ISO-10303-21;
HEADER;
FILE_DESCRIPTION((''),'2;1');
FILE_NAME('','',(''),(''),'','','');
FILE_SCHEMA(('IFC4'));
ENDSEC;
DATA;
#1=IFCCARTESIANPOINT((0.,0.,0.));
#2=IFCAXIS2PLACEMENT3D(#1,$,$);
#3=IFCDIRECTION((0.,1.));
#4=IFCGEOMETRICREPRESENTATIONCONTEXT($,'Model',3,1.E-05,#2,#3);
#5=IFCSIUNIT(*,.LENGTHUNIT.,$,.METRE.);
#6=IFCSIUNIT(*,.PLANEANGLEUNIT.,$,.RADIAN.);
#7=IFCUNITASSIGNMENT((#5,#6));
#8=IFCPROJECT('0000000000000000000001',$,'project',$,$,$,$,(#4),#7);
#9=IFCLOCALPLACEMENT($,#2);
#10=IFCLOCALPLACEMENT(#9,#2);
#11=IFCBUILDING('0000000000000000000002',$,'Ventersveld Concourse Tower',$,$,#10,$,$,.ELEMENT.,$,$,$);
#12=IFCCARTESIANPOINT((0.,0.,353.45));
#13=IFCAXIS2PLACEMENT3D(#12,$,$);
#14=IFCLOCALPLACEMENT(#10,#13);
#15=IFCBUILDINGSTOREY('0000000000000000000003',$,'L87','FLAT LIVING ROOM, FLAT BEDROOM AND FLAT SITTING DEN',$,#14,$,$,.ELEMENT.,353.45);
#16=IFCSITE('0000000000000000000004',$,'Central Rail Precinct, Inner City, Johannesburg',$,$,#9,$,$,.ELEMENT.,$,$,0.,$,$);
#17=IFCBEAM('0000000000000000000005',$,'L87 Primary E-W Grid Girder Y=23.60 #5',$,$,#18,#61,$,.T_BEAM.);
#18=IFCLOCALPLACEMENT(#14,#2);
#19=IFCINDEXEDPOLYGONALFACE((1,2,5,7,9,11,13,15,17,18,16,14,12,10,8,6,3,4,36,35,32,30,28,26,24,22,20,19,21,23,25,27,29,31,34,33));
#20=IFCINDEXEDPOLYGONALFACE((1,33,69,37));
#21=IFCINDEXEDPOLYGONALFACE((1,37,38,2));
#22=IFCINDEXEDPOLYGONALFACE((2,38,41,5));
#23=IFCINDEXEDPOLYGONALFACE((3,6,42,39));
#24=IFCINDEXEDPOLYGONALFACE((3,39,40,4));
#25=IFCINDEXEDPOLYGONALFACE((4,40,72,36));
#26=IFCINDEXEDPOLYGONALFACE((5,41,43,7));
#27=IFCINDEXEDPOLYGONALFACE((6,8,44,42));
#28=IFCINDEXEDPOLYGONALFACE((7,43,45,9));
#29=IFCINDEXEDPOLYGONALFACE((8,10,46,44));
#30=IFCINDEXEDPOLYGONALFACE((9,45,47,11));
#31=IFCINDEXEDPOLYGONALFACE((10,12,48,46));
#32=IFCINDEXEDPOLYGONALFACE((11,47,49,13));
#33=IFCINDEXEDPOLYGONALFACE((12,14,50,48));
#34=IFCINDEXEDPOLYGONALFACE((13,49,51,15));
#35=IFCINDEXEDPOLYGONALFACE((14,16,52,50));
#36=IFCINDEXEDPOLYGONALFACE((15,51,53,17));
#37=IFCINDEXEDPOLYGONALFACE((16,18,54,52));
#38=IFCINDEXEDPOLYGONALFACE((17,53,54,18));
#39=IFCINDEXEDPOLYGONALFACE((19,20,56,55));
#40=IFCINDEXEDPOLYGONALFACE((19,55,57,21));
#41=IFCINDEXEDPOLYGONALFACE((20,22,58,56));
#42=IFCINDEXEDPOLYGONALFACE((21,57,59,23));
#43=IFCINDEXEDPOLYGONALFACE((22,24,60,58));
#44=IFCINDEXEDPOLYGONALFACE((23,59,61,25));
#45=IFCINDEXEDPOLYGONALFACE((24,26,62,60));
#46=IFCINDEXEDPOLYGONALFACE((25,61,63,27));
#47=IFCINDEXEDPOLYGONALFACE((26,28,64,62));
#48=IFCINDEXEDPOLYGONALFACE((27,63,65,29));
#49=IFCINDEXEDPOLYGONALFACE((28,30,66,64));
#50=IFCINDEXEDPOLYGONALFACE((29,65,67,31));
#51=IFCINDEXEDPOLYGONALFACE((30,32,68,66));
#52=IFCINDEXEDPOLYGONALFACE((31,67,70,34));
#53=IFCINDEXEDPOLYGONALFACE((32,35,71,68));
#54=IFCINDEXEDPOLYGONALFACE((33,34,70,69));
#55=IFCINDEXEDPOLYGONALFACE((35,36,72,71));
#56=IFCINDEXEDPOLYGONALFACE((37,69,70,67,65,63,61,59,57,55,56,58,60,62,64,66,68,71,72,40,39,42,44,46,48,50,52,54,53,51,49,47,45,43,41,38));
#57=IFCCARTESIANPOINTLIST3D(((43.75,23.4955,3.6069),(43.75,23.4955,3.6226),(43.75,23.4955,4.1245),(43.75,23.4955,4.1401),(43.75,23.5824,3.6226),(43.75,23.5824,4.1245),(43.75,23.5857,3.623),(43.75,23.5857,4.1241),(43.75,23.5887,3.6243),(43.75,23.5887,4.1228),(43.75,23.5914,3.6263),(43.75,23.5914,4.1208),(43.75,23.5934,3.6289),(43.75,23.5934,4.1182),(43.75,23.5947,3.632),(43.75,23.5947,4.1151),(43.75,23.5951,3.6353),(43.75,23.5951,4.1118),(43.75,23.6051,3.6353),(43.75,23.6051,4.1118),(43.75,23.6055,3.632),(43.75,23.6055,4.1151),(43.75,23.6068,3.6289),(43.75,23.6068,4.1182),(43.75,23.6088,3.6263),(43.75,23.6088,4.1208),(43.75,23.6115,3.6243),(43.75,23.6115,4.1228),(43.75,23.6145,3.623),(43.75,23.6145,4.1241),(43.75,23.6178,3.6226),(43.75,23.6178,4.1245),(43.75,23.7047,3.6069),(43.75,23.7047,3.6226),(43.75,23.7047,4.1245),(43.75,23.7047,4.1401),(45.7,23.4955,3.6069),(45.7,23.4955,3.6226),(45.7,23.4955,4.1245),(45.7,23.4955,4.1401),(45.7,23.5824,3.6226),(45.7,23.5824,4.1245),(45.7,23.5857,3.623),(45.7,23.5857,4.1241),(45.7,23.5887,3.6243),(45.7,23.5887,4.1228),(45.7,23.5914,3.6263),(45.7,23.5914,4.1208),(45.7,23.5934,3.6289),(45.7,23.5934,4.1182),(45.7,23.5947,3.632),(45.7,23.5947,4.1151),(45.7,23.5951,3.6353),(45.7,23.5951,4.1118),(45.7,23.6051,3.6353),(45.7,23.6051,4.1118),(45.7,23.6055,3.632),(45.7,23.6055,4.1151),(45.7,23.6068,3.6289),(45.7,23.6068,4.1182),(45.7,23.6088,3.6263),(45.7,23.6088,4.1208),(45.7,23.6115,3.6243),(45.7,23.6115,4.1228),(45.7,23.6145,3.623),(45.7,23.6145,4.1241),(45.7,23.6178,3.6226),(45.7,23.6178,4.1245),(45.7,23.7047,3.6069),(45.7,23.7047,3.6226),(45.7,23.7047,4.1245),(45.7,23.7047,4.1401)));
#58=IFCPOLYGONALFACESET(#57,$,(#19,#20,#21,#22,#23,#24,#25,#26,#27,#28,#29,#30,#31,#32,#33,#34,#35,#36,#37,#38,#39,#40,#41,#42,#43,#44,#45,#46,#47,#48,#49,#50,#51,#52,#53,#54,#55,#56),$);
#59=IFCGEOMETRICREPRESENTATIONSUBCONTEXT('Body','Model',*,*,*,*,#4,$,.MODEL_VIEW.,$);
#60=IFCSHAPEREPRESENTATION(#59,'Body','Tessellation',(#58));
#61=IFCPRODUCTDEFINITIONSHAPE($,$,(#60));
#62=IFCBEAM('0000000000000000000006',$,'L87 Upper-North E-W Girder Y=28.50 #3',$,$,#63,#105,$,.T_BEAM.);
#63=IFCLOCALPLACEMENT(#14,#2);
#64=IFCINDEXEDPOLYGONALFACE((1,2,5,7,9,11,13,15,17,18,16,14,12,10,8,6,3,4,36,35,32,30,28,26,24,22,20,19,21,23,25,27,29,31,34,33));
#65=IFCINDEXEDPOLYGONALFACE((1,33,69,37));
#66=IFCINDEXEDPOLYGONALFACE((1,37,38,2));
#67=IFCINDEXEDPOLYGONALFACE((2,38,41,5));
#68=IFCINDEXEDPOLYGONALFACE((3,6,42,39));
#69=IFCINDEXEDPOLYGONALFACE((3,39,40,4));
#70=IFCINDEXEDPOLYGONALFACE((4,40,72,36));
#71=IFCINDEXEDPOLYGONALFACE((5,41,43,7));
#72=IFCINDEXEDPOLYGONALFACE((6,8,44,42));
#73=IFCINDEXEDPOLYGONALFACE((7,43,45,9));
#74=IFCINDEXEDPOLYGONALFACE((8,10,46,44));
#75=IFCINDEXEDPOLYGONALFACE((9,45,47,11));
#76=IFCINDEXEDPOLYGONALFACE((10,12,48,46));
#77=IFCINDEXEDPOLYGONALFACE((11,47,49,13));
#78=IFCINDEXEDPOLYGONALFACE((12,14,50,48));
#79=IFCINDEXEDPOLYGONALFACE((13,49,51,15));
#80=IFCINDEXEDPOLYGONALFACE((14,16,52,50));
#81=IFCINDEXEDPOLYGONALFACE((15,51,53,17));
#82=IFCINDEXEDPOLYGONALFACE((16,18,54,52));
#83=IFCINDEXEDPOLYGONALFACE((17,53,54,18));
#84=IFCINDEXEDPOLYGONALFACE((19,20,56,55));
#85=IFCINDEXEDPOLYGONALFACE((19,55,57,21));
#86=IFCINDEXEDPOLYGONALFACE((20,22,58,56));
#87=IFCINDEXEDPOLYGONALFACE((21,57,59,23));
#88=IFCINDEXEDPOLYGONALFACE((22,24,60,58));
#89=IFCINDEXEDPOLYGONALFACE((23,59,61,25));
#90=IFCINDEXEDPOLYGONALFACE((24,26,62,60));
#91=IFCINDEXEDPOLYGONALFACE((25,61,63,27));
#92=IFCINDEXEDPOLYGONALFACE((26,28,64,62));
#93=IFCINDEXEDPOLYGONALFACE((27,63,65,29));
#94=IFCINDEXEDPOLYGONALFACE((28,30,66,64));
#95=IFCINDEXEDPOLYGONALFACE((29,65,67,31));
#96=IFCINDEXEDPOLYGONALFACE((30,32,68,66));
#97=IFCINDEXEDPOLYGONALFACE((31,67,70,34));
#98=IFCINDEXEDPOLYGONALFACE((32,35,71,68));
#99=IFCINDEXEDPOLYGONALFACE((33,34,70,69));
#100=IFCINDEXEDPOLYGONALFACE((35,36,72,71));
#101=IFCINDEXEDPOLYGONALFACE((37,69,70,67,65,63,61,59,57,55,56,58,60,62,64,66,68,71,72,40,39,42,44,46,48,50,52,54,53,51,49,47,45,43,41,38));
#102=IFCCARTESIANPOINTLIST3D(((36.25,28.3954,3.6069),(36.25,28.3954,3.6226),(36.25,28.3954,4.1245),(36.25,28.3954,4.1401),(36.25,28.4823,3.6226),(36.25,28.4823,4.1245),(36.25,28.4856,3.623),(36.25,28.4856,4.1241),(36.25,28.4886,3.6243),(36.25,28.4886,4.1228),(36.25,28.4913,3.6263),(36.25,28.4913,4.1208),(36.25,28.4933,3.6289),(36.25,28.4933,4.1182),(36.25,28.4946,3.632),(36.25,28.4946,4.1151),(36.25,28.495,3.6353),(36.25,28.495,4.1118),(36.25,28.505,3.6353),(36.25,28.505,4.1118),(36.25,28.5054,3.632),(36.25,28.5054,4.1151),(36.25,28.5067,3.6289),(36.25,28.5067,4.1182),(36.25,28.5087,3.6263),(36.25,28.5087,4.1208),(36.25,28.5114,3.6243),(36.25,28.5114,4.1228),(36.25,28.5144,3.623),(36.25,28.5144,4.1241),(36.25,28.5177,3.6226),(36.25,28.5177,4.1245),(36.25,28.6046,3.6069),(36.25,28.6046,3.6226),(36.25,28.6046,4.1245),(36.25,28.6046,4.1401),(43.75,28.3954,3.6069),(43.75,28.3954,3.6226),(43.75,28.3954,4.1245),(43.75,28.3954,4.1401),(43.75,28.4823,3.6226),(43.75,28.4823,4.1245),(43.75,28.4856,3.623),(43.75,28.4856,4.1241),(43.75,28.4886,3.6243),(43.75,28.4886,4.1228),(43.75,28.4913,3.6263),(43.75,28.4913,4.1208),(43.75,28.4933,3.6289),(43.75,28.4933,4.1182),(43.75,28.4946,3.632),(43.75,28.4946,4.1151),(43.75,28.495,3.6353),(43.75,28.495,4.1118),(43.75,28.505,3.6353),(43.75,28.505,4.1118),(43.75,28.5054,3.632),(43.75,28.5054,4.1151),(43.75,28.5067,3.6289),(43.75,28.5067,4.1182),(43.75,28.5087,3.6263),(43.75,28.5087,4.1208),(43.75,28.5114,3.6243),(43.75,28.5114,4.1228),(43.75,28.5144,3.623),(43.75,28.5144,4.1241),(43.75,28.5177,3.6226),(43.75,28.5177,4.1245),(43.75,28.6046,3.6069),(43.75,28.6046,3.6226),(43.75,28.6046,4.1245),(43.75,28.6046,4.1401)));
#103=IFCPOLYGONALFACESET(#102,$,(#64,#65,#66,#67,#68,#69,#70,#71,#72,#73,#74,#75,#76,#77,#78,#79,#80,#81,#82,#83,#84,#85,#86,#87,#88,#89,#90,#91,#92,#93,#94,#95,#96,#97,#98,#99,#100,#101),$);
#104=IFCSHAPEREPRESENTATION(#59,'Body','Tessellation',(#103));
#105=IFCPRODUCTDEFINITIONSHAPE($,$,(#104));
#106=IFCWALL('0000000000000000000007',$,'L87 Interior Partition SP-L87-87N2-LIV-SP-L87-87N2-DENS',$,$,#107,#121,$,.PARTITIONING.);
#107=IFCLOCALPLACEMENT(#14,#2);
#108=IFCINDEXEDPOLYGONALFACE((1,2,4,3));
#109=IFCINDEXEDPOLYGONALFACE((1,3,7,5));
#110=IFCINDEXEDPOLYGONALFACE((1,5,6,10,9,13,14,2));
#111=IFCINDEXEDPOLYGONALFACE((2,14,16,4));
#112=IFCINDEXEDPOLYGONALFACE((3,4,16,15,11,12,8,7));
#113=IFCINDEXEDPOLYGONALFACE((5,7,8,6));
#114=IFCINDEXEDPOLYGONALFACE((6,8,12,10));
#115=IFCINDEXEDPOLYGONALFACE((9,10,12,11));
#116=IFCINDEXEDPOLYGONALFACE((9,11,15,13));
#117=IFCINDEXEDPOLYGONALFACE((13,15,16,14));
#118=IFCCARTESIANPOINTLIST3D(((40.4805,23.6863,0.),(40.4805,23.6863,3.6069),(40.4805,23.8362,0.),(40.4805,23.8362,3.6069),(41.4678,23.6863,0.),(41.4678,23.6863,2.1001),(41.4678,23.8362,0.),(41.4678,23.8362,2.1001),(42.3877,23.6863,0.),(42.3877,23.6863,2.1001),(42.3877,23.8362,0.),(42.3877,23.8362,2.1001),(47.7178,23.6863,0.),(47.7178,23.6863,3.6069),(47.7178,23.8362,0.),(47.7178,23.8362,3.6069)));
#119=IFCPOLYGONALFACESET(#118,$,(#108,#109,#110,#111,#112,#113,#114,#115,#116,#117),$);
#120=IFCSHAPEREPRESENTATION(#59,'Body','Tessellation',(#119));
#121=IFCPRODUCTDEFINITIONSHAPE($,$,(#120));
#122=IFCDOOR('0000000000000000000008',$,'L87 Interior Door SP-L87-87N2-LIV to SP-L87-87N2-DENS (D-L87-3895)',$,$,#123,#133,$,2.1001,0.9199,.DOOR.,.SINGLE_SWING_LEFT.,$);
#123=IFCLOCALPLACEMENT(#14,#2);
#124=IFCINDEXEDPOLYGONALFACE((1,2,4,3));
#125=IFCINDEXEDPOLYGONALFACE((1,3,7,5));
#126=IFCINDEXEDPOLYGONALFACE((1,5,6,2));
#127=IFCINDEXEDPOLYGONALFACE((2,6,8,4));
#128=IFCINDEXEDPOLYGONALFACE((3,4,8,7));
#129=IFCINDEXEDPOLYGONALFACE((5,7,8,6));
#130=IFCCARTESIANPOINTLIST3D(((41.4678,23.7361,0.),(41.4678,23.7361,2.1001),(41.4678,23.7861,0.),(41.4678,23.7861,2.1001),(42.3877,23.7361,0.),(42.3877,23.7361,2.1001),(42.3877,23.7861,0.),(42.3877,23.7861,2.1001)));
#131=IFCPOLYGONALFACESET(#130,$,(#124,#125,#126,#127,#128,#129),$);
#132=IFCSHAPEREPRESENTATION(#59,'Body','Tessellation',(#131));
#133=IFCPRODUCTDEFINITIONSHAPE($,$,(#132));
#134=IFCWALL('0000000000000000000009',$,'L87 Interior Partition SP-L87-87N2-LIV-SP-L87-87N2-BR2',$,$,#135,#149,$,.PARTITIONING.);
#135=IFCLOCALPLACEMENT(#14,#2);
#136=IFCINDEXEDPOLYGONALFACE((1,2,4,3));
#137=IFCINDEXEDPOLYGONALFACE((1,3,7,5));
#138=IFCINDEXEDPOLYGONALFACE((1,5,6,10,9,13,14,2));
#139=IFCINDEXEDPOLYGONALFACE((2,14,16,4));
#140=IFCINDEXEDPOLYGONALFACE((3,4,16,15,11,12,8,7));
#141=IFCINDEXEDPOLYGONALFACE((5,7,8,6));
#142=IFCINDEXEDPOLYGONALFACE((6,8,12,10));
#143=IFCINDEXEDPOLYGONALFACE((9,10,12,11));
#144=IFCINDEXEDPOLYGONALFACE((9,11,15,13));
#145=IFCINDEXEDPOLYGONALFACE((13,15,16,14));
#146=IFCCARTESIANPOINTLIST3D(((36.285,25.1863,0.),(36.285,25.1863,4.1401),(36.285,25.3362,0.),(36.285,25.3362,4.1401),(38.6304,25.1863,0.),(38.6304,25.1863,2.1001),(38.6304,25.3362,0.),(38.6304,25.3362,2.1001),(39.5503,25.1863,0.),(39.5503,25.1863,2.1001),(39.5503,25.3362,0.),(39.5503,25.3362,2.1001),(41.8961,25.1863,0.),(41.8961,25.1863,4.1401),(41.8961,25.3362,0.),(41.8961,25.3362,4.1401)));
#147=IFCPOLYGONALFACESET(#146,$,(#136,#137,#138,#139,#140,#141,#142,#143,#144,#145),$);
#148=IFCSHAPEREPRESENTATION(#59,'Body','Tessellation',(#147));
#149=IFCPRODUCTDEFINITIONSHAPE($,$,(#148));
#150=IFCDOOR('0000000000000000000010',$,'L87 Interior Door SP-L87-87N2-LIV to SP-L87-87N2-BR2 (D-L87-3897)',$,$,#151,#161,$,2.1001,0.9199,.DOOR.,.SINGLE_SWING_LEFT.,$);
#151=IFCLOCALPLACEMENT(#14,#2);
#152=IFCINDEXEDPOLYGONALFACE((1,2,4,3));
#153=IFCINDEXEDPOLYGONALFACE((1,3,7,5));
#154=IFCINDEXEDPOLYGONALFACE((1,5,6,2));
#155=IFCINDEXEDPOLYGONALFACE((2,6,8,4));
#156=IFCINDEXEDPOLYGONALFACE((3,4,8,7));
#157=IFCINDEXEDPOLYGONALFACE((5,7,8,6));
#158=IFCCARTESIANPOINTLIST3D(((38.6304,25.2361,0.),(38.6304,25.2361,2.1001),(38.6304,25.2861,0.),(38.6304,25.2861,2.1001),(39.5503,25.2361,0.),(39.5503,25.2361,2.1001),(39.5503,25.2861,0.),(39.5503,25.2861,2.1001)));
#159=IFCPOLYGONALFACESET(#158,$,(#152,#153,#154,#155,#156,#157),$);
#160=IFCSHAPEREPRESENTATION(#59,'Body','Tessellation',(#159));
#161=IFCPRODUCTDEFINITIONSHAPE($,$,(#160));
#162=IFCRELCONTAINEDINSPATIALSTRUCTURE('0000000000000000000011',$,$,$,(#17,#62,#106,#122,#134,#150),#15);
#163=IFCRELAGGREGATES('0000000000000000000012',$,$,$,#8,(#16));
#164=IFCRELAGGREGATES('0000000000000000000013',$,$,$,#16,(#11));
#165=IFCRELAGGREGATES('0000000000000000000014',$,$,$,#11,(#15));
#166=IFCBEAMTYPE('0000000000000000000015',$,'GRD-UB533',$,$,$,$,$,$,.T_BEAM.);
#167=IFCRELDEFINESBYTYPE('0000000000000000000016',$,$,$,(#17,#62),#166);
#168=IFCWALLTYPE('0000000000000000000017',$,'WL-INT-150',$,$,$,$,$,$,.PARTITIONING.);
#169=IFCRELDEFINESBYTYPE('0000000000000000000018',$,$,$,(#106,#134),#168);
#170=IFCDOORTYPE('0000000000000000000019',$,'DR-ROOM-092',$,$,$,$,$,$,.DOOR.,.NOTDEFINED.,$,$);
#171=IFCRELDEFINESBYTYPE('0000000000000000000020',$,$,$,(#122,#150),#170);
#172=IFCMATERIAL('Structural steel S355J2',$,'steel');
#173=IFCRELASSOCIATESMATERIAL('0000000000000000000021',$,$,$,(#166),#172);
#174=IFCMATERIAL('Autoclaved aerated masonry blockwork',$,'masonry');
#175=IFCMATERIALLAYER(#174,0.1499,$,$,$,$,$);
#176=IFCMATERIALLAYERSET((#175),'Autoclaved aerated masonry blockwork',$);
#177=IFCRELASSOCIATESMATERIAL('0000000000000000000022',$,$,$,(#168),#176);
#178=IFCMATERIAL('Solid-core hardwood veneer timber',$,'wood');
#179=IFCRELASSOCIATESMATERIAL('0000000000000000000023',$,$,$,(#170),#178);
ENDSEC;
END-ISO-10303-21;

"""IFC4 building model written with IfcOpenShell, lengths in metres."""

from ifc_helpers import new_model, si_unit, direction, frame, frame_2d, origin, origin_2d, place, context, subcontext, project, spatial, rectangle, i_section, extrude, material, layer, layer_set, material_profile, profile_set, type_object, element, fill, save


model = new_model("IFC4")

# Units and contexts
model_context = context("Model", 3, precision=1e-05, world=origin(), true_north=direction((0.0, 1.0)))
body_context = subcontext(model_context, "Body", "Model", "MODEL_VIEW")
ifc_project = project(units=[si_unit("LENGTHUNIT", "METRE"), si_unit("PLANEANGLEUNIT", "RADIAN")], contexts=[model_context])

# Site, building, storey
site_placement = place(None, origin())
site = spatial("IfcSite", under=ifc_project, at=site_placement, Name="Central Rail Precinct, Inner City, Johannesburg", CompositionType="ELEMENT", RefElevation=0.0)
building_placement = place(site_placement, origin())
building = spatial("IfcBuilding", under=site, at=building_placement, Name="Ventersveld Concourse Tower", CompositionType="ELEMENT")
storey_placement = place(building_placement, frame((0.0, 0.0, 353.45)))
storey = spatial("IfcBuildingStorey", under=building, at=storey_placement, Name="L87", Description="FLAT LIVING ROOM, FLAT BEDROOM AND FLAT SITTING DEN", CompositionType="ELEMENT", Elevation=353.45)

# Shared definitions
ifc_material_1 = material(Name="Structural steel S355J2", Category="steel")

# Beams
ifc_material_profile_1 = material_profile(ifc_material_1, i_section(OverallWidth=0.2092, OverallDepth=0.5332, WebThickness=0.01, FlangeThickness=0.0156, FilletRadius=0.0127, at=origin_2d()), Name="UB 533x210x92")
ifc_profile_set_1 = profile_set([ifc_material_profile_1], Name="Structural steel S355J2")
beam_type_1 = type_object("IfcBeamType", Name="GRD-UB533", PredefinedType="T_BEAM", material=ifc_profile_set_1)
beam_1_placement = place(storey_placement, frame((43.75, 23.6001, 3.8735), z_axis=(1.0, 0.0, 0.0), x_axis=(0.0, 1.0, 0.0)))
element("IfcBeam", 1, at=beam_1_placement, inside=storey, type_object=beam_type_1, Name="L87 Primary E-W Grid Girder Y=23.60 #5", PredefinedType="T_BEAM", context=body_context, shape_type="SweptSolid", body=[
    extrude(i_section(OverallWidth=0.2092, OverallDepth=0.5332, WebThickness=0.01, FlangeThickness=0.0156, FilletRadius=0.0127, at=origin_2d()), origin(), (0.0, 0.0, 1.0), 1.95),
])
beam_2_placement = place(storey_placement, frame((36.25, 28.5, 3.8735), z_axis=(1.0, 0.0, 0.0), x_axis=(0.0, 1.0, 0.0)))
element("IfcBeam", 2, at=beam_2_placement, inside=storey, type_object=beam_type_1, Name="L87 Upper-North E-W Girder Y=28.50 #3", PredefinedType="T_BEAM", context=body_context, shape_type="SweptSolid", body=[
    extrude(i_section(OverallWidth=0.2092, OverallDepth=0.5332, WebThickness=0.01, FlangeThickness=0.0156, FilletRadius=0.0127, at=origin_2d()), origin(), (0.0, 0.0, 1.0), 7.5),
])

# Walls, openings, doors
ifc_material_2 = material(Name="Autoclaved aerated masonry blockwork", Category="masonry")
ifc_layer_1 = layer(ifc_material_2, 0.1499)
ifc_layer_set_1 = layer_set([ifc_layer_1], Name="Autoclaved aerated masonry blockwork")
wall_type_1 = type_object("IfcWallType", Name="WL-INT-150", PredefinedType="PARTITIONING", material=ifc_layer_set_1)
wall_1_placement = place(storey_placement, frame((40.4805, 23.7612, 0.0), z_axis=(0.0, 0.0, 1.0), x_axis=(1.0, 0.0, 0.0)))
wall_1 = element("IfcWall", 3, at=wall_1_placement, inside=storey, type_object=wall_type_1, Name="L87 Interior Partition SP-L87-87N2-LIV-SP-L87-87N2-DENS", PredefinedType="PARTITIONING", context=body_context, shape_type="SweptSolid", body=[
    extrude(rectangle(XDim=7.2373, YDim=0.1499, at=frame_2d((3.6187, 0.0))), origin(), (0.0, 0.0, 1.0), 3.6069),
])
opening_1_placement = place(wall_1_placement, frame((0.9873, 0.0, 0.0)))
opening_1 = element("IfcOpeningElement", 4, at=opening_1_placement, cuts=wall_1, PredefinedType="OPENING", context=body_context, shape_type="SweptSolid", body=[
    extrude(rectangle(XDim=0.9199, YDim=2.1001, at=frame_2d((0.46, 1.05))), frame((0.0, 0.085, 0.0), z_axis=(0.0, -1.0, 0.0), x_axis=(1.0, 0.0, 0.0)), (0.0, 0.0, 1.0), 0.1699),
])
ifc_material_3 = material(Name="Solid-core hardwood veneer timber", Category="wood")
door_type = type_object("IfcDoorType", Name="DR-ROOM-092", OperationType="NOTDEFINED", PredefinedType="DOOR", material=ifc_material_3)
door_1_placement = place(opening_1_placement, origin())
door_1 = element("IfcDoor", 5, at=door_1_placement, inside=storey, type_object=door_type, Name="L87 Interior Door SP-L87-87N2-LIV to SP-L87-87N2-DENS (D-L87-3895)", OperationType="SINGLE_SWING_LEFT", OverallHeight=2.1001, OverallWidth=0.9199, PredefinedType="DOOR", context=body_context, shape_type="SweptSolid", body=[
    extrude(rectangle(XDim=0.9199, YDim=2.1001, at=frame_2d((0.46, 1.05))), frame((0.0, 0.0249, 0.0), z_axis=(0.0, -1.0, 0.0), x_axis=(1.0, 0.0, 0.0)), (0.0, 0.0, 1.0), 0.05),
])
fill(opening_1, door_1)
wall_2_placement = place(storey_placement, frame((36.2849, 25.2612, 0.0), z_axis=(0.0, 0.0, 1.0), x_axis=(1.0, 0.0, 0.0)))
wall_2 = element("IfcWall", 6, at=wall_2_placement, inside=storey, type_object=wall_type_1, Name="L87 Interior Partition SP-L87-87N2-LIV-SP-L87-87N2-BR2", PredefinedType="PARTITIONING", context=body_context, shape_type="SweptSolid", body=[
    extrude(rectangle(XDim=5.6111, YDim=0.1499, at=frame_2d((2.8057, 0.0))), origin(), (0.0, 0.0, 1.0), 4.1401),
])
opening_2_placement = place(wall_2_placement, frame((2.3455, 0.0, 0.0)))
opening_2 = element("IfcOpeningElement", 7, at=opening_2_placement, cuts=wall_2, PredefinedType="OPENING", context=body_context, shape_type="SweptSolid", body=[
    extrude(rectangle(XDim=0.9199, YDim=2.1001, at=frame_2d((0.46, 1.05))), frame((0.0, 0.085, 0.0), z_axis=(0.0, -1.0, 0.0), x_axis=(1.0, 0.0, 0.0)), (0.0, 0.0, 1.0), 0.1699),
])
door_2_placement = place(opening_2_placement, origin())
door_2 = element("IfcDoor", 8, at=door_2_placement, inside=storey, type_object=door_type, Name="L87 Interior Door SP-L87-87N2-LIV to SP-L87-87N2-BR2 (D-L87-3897)", OperationType="SINGLE_SWING_LEFT", OverallHeight=2.1001, OverallWidth=0.9199, PredefinedType="DOOR", context=body_context, shape_type="SweptSolid", body=[
    extrude(rectangle(XDim=0.9199, YDim=2.1001, at=frame_2d((0.46, 1.05))), frame((0.0, 0.0249, 0.0), z_axis=(0.0, -1.0, 0.0), x_axis=(1.0, 0.0, 0.0)), (0.0, 0.0, 1.0), 0.05),
])
fill(opening_2, door_2)

save(model, "model.ifc")
